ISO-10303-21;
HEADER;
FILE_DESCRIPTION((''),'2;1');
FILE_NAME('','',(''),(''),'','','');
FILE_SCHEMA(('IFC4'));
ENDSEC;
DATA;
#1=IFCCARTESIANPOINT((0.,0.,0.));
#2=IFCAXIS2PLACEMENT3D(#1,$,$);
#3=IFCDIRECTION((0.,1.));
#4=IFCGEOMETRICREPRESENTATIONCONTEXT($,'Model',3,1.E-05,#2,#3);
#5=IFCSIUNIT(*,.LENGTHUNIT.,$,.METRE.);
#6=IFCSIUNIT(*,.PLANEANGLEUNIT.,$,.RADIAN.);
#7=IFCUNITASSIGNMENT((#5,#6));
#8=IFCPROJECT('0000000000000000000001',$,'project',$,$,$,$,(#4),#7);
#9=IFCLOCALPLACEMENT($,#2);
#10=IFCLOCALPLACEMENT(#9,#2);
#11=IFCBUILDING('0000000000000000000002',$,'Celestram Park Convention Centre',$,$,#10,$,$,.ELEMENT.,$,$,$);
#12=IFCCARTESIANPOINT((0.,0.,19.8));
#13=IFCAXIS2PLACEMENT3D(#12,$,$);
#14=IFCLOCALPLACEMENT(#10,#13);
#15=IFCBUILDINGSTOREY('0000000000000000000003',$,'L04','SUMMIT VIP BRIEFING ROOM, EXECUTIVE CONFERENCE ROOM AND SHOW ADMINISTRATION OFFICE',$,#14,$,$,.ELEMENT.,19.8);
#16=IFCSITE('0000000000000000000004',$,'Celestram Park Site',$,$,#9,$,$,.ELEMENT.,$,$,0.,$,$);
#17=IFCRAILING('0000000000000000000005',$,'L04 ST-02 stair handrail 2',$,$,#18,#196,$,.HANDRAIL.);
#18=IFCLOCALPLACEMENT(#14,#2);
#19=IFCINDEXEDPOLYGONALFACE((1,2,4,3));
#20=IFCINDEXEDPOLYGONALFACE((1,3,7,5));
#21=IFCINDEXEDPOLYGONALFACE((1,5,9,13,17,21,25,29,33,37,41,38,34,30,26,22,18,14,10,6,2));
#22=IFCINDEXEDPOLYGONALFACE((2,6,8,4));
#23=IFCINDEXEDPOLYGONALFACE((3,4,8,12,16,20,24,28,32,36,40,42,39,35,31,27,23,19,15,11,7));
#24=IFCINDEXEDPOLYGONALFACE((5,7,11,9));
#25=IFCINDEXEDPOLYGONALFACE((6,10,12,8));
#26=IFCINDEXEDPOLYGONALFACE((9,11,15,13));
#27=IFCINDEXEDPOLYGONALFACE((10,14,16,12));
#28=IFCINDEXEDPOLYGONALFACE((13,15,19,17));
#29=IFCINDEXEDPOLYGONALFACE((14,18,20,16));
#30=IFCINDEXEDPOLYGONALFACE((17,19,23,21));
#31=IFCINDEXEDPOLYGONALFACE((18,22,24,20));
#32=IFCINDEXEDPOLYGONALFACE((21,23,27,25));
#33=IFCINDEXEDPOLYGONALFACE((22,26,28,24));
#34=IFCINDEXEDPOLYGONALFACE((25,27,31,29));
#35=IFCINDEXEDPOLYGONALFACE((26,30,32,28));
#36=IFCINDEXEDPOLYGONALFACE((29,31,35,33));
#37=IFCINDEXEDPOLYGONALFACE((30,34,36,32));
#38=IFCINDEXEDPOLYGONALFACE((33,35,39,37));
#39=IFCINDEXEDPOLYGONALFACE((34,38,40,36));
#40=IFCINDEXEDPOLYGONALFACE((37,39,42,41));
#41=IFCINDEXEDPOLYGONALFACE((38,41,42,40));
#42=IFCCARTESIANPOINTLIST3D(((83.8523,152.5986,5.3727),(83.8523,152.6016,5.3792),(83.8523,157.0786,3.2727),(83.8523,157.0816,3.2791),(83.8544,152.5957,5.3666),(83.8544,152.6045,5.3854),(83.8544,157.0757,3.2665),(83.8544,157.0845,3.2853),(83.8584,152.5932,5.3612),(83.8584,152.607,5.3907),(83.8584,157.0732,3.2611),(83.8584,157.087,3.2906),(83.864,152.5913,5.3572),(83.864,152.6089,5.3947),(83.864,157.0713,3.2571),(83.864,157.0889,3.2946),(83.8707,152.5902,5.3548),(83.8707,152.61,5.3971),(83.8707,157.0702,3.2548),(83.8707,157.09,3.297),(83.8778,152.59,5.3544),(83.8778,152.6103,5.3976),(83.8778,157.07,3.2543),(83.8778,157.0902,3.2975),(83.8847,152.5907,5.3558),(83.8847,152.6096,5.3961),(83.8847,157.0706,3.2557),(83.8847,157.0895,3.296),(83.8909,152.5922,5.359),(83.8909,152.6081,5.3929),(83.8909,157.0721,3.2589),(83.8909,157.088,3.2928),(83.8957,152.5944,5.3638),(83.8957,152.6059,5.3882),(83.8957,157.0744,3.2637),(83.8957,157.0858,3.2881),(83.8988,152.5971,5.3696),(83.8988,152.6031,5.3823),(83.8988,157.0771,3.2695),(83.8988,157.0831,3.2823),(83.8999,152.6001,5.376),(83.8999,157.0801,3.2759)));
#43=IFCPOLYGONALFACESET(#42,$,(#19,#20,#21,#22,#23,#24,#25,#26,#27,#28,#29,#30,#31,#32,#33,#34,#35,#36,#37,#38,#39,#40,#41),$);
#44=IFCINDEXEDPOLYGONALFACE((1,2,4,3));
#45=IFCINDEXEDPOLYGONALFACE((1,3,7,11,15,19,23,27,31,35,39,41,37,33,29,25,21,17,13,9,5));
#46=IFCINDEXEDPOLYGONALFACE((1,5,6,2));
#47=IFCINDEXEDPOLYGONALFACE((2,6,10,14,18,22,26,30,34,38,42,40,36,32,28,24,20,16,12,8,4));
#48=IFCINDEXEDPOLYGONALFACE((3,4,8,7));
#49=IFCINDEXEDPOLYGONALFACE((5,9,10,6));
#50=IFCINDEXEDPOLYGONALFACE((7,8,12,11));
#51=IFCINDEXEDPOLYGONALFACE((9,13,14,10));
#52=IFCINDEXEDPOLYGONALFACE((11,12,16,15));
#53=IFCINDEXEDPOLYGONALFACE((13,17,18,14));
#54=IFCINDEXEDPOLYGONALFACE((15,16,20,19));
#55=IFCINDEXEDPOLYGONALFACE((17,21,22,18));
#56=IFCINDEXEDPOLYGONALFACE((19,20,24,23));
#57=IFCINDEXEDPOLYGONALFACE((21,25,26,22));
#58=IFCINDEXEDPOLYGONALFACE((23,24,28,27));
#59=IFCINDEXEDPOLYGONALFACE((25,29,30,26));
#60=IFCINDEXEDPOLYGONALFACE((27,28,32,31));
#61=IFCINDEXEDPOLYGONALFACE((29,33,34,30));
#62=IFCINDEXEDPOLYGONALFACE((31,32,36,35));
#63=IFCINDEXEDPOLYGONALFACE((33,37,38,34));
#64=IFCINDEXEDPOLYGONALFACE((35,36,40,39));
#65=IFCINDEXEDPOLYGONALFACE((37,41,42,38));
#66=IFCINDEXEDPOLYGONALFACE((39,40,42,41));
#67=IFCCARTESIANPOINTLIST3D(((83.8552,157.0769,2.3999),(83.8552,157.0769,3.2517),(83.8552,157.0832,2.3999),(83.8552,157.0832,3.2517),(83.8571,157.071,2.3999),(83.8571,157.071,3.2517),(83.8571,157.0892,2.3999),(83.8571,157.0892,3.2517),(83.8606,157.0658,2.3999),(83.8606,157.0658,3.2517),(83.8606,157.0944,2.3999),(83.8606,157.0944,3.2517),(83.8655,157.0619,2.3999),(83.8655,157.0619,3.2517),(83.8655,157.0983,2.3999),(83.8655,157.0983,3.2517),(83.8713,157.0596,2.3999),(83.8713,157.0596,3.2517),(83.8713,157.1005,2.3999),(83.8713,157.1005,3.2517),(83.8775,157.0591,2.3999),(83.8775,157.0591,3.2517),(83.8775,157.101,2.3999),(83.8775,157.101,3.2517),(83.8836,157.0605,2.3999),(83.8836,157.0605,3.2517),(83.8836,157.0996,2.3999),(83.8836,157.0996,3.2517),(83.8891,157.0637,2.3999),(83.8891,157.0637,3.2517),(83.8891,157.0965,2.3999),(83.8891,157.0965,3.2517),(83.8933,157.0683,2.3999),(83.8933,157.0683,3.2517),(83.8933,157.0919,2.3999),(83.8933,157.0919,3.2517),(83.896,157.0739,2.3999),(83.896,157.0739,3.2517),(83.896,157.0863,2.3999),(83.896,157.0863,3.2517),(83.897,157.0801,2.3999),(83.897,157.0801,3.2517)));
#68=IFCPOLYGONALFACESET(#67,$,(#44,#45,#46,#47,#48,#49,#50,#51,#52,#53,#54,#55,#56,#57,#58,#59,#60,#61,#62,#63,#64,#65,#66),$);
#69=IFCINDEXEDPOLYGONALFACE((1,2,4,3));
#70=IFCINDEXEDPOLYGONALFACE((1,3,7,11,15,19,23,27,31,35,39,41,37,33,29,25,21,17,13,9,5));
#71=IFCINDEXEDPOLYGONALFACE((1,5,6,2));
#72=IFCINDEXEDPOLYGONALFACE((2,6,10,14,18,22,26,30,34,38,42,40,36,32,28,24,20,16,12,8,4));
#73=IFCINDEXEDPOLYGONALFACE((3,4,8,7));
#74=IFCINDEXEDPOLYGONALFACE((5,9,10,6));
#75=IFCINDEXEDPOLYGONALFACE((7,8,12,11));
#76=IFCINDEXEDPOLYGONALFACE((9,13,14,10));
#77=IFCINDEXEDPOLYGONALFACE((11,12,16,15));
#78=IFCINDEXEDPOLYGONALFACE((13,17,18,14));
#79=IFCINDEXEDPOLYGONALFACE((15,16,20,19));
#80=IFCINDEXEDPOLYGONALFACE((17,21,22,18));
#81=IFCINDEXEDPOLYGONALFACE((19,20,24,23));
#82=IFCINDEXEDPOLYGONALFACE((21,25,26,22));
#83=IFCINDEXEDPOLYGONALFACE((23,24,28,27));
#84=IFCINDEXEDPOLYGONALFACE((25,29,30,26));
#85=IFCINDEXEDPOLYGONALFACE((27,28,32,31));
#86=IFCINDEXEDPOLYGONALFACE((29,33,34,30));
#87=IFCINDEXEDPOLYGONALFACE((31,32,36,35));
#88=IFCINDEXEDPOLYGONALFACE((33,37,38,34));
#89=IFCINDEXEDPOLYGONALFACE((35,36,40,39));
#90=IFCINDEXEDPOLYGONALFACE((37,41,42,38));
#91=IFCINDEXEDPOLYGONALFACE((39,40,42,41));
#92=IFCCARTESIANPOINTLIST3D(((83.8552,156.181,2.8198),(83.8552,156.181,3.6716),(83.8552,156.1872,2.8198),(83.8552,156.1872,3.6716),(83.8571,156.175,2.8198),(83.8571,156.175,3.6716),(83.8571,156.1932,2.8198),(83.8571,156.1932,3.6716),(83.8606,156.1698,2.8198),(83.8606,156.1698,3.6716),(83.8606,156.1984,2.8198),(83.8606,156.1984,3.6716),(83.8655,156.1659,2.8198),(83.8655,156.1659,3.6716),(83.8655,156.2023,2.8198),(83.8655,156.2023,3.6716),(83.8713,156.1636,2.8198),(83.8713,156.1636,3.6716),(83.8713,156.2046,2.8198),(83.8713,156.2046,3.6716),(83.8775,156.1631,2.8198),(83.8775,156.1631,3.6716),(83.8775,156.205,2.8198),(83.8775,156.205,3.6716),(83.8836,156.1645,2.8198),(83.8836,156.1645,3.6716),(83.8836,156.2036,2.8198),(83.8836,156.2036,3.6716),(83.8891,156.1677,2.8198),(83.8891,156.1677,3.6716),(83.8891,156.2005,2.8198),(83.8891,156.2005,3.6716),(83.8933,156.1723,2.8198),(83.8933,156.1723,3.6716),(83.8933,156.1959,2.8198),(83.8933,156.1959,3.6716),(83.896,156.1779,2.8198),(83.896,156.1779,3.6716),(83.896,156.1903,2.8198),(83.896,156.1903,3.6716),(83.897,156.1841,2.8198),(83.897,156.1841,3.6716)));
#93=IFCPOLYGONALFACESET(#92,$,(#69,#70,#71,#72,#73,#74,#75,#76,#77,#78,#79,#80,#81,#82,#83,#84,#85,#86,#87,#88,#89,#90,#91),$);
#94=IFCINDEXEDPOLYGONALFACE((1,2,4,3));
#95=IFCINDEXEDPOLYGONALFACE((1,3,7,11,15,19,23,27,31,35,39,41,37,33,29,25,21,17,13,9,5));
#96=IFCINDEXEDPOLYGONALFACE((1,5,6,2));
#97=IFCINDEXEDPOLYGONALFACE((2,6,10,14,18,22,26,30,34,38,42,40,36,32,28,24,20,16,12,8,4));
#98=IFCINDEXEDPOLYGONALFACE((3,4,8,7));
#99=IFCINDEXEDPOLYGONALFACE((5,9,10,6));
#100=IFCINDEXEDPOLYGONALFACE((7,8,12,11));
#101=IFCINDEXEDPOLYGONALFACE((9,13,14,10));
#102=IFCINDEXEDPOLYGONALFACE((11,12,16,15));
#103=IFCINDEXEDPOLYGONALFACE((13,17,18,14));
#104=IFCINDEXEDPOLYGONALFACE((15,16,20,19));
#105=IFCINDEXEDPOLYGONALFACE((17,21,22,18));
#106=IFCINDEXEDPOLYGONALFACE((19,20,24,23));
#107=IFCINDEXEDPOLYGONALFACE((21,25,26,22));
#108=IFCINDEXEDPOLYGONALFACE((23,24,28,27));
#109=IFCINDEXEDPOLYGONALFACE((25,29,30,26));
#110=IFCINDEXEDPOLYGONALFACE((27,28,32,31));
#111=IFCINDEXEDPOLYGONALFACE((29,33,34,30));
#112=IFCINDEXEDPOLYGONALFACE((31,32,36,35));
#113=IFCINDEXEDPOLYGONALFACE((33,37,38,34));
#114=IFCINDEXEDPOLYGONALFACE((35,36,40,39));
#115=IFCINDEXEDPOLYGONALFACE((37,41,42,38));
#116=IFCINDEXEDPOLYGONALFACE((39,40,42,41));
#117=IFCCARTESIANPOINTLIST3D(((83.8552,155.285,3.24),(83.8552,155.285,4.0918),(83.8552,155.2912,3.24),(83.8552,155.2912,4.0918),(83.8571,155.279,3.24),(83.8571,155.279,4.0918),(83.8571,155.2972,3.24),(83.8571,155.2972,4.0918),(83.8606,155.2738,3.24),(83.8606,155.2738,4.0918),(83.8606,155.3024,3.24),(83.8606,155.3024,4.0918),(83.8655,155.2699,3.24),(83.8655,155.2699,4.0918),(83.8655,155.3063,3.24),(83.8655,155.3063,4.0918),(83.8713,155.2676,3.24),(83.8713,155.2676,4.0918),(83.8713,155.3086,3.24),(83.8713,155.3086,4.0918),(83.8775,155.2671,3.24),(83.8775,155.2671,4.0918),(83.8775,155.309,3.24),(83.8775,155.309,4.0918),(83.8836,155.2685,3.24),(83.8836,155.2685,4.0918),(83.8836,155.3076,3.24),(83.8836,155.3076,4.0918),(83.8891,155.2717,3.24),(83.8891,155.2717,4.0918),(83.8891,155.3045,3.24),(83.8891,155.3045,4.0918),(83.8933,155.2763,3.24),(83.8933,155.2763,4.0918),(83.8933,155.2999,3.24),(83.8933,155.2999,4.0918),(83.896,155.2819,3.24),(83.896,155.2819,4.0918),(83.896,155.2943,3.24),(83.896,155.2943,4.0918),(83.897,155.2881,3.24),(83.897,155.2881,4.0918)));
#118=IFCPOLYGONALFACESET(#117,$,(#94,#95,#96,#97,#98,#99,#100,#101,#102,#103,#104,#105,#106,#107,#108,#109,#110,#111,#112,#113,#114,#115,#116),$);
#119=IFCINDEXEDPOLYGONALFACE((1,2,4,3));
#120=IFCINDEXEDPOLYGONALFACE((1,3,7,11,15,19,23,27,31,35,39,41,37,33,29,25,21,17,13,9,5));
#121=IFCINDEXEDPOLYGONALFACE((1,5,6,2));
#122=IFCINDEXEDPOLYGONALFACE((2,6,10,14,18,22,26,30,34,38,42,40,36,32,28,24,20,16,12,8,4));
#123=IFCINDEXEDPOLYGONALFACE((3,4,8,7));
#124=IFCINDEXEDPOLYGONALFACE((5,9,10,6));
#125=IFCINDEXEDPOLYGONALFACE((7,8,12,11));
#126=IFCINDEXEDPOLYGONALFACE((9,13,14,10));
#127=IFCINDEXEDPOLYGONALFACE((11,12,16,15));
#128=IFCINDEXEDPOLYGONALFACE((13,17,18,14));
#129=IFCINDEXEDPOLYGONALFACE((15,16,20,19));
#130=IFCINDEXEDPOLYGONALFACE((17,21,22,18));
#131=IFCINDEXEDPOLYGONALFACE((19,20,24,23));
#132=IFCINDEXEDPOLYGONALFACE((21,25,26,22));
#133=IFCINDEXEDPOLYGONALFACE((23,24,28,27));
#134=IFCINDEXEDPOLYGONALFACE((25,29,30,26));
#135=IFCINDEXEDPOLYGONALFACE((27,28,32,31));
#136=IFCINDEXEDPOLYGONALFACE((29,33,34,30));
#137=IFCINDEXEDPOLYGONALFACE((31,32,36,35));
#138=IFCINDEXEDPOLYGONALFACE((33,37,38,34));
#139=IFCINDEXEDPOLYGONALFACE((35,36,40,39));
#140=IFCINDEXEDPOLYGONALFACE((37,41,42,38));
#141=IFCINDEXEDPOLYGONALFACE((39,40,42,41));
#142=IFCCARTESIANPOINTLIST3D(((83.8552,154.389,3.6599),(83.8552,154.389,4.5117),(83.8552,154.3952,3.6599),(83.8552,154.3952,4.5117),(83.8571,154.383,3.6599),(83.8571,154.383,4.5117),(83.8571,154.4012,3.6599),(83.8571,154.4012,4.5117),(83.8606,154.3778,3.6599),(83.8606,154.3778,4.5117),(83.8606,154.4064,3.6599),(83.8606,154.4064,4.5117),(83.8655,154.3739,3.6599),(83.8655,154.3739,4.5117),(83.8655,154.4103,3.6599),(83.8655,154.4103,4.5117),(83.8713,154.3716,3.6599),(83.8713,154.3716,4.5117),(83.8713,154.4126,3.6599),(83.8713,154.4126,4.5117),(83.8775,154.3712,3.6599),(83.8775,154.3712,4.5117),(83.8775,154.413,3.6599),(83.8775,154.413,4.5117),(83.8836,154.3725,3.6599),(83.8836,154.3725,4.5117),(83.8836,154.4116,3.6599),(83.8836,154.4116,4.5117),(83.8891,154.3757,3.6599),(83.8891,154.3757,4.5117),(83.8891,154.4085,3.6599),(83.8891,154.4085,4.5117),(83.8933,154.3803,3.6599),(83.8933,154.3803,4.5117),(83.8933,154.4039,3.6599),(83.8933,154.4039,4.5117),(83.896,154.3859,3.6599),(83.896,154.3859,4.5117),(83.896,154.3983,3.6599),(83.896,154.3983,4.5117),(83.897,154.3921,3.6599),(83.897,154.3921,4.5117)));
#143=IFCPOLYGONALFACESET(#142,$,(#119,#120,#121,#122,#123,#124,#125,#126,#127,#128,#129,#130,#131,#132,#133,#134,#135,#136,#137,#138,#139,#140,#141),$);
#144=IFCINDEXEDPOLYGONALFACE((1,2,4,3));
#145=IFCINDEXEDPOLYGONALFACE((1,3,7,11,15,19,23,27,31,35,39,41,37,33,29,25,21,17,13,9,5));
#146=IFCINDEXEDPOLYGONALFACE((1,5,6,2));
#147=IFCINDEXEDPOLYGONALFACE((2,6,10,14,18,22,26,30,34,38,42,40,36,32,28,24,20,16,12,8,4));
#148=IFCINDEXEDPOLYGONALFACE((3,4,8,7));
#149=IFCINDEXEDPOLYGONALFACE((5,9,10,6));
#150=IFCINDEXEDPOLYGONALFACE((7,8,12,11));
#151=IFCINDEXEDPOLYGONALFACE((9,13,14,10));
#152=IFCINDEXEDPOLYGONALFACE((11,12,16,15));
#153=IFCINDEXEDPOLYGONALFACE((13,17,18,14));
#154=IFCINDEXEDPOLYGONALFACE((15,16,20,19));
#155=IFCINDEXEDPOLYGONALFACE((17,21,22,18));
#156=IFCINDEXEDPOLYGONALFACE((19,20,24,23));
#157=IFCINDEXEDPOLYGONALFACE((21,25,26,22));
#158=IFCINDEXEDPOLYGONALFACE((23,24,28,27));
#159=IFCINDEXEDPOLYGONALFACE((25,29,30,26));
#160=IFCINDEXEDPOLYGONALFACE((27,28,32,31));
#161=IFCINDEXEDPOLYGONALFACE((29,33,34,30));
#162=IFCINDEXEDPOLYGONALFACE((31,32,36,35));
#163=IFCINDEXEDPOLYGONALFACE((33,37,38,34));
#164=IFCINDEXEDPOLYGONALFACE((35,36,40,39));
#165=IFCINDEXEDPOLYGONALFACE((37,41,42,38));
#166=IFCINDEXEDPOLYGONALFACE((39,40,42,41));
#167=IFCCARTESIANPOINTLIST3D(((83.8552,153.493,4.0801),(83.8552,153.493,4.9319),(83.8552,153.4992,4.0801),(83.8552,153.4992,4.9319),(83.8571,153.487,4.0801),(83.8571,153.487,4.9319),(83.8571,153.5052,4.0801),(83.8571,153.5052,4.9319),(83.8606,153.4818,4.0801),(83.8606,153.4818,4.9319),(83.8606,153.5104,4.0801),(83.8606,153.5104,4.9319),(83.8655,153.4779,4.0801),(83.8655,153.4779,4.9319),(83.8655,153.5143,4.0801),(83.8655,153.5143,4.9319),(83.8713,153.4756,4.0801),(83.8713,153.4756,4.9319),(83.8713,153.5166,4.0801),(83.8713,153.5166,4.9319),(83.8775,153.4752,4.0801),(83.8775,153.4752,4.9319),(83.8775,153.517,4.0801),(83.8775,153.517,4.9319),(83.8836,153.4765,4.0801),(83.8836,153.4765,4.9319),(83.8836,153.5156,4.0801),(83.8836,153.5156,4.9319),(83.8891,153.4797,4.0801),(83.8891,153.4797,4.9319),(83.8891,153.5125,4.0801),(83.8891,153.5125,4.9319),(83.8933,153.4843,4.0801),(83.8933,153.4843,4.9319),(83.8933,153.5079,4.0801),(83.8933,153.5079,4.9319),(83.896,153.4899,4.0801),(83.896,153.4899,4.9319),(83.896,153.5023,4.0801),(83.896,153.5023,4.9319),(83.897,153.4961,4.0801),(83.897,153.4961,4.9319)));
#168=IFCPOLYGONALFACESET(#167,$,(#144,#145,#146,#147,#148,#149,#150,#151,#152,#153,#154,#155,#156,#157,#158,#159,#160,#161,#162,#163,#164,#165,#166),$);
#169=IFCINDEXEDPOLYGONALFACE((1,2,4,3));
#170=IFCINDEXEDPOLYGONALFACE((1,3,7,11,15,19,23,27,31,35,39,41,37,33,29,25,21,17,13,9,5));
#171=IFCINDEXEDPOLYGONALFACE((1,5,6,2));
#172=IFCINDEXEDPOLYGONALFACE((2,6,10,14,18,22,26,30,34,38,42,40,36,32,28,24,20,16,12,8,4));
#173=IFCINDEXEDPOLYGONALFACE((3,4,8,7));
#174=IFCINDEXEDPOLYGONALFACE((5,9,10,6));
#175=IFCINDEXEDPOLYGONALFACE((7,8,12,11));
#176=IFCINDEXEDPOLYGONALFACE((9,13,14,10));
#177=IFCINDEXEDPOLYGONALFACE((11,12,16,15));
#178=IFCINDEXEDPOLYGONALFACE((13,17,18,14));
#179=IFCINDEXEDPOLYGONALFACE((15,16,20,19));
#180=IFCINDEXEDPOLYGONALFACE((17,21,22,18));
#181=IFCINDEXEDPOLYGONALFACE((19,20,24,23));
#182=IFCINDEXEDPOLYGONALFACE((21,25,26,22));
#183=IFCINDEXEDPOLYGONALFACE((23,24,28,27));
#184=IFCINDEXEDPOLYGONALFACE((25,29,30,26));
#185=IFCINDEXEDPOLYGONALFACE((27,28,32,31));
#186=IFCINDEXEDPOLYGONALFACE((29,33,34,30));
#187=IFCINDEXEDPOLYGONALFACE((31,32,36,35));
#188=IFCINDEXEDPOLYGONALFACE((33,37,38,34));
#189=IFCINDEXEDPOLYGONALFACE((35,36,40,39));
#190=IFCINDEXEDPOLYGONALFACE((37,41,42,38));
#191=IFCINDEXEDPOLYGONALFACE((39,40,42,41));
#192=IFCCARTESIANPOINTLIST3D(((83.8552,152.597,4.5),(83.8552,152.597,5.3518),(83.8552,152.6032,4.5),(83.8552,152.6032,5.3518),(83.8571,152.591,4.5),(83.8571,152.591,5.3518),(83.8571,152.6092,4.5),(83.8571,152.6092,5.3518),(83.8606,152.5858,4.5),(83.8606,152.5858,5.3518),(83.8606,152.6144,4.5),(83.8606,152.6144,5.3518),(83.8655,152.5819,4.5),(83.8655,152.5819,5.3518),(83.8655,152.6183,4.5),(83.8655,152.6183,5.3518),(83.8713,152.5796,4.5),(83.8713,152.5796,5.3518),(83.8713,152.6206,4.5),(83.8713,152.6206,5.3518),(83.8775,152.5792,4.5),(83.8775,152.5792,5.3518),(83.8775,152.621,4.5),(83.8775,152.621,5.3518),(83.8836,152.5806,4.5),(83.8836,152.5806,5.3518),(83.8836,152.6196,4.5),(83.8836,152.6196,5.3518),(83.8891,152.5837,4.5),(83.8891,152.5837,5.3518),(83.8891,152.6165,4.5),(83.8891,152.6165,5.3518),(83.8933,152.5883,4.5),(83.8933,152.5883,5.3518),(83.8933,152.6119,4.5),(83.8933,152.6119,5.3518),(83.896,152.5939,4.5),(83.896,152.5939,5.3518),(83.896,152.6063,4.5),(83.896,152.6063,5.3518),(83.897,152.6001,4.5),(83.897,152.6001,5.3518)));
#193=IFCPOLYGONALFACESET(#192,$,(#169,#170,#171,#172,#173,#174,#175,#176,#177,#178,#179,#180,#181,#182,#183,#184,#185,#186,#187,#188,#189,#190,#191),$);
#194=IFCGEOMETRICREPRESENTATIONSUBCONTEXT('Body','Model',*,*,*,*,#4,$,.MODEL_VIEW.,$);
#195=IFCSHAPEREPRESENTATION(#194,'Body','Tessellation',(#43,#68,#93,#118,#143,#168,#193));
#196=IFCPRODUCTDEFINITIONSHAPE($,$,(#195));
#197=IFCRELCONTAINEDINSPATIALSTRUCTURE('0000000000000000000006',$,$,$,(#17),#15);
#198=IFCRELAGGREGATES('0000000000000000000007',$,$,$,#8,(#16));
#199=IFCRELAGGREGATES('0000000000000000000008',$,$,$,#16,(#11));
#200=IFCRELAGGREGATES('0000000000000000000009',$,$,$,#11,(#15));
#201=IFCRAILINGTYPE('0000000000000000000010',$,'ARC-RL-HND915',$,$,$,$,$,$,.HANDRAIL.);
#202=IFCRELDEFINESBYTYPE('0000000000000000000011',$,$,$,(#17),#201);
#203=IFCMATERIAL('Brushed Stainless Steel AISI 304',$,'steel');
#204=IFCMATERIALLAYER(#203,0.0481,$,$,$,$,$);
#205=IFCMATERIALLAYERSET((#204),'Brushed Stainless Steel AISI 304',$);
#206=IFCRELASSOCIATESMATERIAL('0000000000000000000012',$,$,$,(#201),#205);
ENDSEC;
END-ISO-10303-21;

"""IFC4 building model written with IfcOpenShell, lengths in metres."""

from ifc_helpers import new_model, si_unit, direction, frame, origin, origin_2d, place, context, subcontext, project, spatial, circle, extrude, material, layer, layer_set, type_object, element, save


model = new_model("IFC4")

# Units and contexts
model_context = context("Model", 3, precision=1e-05, world=origin(), true_north=direction((0.0, 1.0)))
body_context = subcontext(model_context, "Body", "Model", "MODEL_VIEW")
ifc_project = project(units=[si_unit("LENGTHUNIT", "METRE"), si_unit("PLANEANGLEUNIT", "RADIAN")], contexts=[model_context])

# Site, building, storey
site_placement = place(None, origin())
site = spatial("IfcSite", under=ifc_project, at=site_placement, Name="Celestram Park Site", CompositionType="ELEMENT", RefElevation=0.0)
building_placement = place(site_placement, origin())
building = spatial("IfcBuilding", under=site, at=building_placement, Name="Celestram Park Convention Centre", CompositionType="ELEMENT")
storey_placement = place(building_placement, frame((0.0, 0.0, 19.8)))
storey = spatial("IfcBuildingStorey", under=building, at=storey_placement, Name="L04", Description="SUMMIT VIP BRIEFING ROOM, EXECUTIVE CONFERENCE ROOM AND SHOW ADMINISTRATION OFFICE", CompositionType="ELEMENT", Elevation=19.8)

# Railing
ifc_material_1 = material(Name="Brushed Stainless Steel AISI 304", Category="steel")
ifc_layer_1 = layer(ifc_material_1, 0.0481)
ifc_layer_set_1 = layer_set([ifc_layer_1], Name="Brushed Stainless Steel AISI 304")
railing_type_1 = type_object("IfcRailingType", Name="ARC-RL-HND915", PredefinedType="HANDRAIL", material=ifc_layer_set_1)
railing_1_placement = place(storey_placement, frame((83.876, 157.0801, 2.3999)))
element("IfcRailing", 1, at=railing_1_placement, inside=storey, type_object=railing_type_1, Name="L04 ST-02 stair handrail 2", PredefinedType="HANDRAIL", context=body_context, shape_type="SweptSolid", body=[
    extrude(circle(Radius=0.0239, at=origin_2d()), frame((0.0, 0.0, 0.876), z_axis=(0.0, -0.905451, 0.424452), x_axis=(1.0, 0.0, 0.0)), (0.0, 0.0, 1.0), 4.9478),
    extrude(circle(Radius=0.021, at=origin_2d()), origin(), (0.0, 0.0, 1.0), 0.8518),
    extrude(circle(Radius=0.021, at=origin_2d()), frame((0.0, -0.896, 0.4199)), (0.0, 0.0, 1.0), 0.8518),
    extrude(circle(Radius=0.021, at=origin_2d()), frame((0.0, -1.792, 0.8401)), (0.0, 0.0, 1.0), 0.8518),
    extrude(circle(Radius=0.021, at=origin_2d()), frame((0.0, -2.688, 1.26)), (0.0, 0.0, 1.0), 0.8518),
    extrude(circle(Radius=0.021, at=origin_2d()), frame((0.0, -3.584, 1.6802)), (0.0, 0.0, 1.0), 0.8518),
    extrude(circle(Radius=0.021, at=origin_2d()), frame((0.0, -4.48, 2.1001)), (0.0, 0.0, 1.0), 0.8518),
])

save(model, "model.ifc")
